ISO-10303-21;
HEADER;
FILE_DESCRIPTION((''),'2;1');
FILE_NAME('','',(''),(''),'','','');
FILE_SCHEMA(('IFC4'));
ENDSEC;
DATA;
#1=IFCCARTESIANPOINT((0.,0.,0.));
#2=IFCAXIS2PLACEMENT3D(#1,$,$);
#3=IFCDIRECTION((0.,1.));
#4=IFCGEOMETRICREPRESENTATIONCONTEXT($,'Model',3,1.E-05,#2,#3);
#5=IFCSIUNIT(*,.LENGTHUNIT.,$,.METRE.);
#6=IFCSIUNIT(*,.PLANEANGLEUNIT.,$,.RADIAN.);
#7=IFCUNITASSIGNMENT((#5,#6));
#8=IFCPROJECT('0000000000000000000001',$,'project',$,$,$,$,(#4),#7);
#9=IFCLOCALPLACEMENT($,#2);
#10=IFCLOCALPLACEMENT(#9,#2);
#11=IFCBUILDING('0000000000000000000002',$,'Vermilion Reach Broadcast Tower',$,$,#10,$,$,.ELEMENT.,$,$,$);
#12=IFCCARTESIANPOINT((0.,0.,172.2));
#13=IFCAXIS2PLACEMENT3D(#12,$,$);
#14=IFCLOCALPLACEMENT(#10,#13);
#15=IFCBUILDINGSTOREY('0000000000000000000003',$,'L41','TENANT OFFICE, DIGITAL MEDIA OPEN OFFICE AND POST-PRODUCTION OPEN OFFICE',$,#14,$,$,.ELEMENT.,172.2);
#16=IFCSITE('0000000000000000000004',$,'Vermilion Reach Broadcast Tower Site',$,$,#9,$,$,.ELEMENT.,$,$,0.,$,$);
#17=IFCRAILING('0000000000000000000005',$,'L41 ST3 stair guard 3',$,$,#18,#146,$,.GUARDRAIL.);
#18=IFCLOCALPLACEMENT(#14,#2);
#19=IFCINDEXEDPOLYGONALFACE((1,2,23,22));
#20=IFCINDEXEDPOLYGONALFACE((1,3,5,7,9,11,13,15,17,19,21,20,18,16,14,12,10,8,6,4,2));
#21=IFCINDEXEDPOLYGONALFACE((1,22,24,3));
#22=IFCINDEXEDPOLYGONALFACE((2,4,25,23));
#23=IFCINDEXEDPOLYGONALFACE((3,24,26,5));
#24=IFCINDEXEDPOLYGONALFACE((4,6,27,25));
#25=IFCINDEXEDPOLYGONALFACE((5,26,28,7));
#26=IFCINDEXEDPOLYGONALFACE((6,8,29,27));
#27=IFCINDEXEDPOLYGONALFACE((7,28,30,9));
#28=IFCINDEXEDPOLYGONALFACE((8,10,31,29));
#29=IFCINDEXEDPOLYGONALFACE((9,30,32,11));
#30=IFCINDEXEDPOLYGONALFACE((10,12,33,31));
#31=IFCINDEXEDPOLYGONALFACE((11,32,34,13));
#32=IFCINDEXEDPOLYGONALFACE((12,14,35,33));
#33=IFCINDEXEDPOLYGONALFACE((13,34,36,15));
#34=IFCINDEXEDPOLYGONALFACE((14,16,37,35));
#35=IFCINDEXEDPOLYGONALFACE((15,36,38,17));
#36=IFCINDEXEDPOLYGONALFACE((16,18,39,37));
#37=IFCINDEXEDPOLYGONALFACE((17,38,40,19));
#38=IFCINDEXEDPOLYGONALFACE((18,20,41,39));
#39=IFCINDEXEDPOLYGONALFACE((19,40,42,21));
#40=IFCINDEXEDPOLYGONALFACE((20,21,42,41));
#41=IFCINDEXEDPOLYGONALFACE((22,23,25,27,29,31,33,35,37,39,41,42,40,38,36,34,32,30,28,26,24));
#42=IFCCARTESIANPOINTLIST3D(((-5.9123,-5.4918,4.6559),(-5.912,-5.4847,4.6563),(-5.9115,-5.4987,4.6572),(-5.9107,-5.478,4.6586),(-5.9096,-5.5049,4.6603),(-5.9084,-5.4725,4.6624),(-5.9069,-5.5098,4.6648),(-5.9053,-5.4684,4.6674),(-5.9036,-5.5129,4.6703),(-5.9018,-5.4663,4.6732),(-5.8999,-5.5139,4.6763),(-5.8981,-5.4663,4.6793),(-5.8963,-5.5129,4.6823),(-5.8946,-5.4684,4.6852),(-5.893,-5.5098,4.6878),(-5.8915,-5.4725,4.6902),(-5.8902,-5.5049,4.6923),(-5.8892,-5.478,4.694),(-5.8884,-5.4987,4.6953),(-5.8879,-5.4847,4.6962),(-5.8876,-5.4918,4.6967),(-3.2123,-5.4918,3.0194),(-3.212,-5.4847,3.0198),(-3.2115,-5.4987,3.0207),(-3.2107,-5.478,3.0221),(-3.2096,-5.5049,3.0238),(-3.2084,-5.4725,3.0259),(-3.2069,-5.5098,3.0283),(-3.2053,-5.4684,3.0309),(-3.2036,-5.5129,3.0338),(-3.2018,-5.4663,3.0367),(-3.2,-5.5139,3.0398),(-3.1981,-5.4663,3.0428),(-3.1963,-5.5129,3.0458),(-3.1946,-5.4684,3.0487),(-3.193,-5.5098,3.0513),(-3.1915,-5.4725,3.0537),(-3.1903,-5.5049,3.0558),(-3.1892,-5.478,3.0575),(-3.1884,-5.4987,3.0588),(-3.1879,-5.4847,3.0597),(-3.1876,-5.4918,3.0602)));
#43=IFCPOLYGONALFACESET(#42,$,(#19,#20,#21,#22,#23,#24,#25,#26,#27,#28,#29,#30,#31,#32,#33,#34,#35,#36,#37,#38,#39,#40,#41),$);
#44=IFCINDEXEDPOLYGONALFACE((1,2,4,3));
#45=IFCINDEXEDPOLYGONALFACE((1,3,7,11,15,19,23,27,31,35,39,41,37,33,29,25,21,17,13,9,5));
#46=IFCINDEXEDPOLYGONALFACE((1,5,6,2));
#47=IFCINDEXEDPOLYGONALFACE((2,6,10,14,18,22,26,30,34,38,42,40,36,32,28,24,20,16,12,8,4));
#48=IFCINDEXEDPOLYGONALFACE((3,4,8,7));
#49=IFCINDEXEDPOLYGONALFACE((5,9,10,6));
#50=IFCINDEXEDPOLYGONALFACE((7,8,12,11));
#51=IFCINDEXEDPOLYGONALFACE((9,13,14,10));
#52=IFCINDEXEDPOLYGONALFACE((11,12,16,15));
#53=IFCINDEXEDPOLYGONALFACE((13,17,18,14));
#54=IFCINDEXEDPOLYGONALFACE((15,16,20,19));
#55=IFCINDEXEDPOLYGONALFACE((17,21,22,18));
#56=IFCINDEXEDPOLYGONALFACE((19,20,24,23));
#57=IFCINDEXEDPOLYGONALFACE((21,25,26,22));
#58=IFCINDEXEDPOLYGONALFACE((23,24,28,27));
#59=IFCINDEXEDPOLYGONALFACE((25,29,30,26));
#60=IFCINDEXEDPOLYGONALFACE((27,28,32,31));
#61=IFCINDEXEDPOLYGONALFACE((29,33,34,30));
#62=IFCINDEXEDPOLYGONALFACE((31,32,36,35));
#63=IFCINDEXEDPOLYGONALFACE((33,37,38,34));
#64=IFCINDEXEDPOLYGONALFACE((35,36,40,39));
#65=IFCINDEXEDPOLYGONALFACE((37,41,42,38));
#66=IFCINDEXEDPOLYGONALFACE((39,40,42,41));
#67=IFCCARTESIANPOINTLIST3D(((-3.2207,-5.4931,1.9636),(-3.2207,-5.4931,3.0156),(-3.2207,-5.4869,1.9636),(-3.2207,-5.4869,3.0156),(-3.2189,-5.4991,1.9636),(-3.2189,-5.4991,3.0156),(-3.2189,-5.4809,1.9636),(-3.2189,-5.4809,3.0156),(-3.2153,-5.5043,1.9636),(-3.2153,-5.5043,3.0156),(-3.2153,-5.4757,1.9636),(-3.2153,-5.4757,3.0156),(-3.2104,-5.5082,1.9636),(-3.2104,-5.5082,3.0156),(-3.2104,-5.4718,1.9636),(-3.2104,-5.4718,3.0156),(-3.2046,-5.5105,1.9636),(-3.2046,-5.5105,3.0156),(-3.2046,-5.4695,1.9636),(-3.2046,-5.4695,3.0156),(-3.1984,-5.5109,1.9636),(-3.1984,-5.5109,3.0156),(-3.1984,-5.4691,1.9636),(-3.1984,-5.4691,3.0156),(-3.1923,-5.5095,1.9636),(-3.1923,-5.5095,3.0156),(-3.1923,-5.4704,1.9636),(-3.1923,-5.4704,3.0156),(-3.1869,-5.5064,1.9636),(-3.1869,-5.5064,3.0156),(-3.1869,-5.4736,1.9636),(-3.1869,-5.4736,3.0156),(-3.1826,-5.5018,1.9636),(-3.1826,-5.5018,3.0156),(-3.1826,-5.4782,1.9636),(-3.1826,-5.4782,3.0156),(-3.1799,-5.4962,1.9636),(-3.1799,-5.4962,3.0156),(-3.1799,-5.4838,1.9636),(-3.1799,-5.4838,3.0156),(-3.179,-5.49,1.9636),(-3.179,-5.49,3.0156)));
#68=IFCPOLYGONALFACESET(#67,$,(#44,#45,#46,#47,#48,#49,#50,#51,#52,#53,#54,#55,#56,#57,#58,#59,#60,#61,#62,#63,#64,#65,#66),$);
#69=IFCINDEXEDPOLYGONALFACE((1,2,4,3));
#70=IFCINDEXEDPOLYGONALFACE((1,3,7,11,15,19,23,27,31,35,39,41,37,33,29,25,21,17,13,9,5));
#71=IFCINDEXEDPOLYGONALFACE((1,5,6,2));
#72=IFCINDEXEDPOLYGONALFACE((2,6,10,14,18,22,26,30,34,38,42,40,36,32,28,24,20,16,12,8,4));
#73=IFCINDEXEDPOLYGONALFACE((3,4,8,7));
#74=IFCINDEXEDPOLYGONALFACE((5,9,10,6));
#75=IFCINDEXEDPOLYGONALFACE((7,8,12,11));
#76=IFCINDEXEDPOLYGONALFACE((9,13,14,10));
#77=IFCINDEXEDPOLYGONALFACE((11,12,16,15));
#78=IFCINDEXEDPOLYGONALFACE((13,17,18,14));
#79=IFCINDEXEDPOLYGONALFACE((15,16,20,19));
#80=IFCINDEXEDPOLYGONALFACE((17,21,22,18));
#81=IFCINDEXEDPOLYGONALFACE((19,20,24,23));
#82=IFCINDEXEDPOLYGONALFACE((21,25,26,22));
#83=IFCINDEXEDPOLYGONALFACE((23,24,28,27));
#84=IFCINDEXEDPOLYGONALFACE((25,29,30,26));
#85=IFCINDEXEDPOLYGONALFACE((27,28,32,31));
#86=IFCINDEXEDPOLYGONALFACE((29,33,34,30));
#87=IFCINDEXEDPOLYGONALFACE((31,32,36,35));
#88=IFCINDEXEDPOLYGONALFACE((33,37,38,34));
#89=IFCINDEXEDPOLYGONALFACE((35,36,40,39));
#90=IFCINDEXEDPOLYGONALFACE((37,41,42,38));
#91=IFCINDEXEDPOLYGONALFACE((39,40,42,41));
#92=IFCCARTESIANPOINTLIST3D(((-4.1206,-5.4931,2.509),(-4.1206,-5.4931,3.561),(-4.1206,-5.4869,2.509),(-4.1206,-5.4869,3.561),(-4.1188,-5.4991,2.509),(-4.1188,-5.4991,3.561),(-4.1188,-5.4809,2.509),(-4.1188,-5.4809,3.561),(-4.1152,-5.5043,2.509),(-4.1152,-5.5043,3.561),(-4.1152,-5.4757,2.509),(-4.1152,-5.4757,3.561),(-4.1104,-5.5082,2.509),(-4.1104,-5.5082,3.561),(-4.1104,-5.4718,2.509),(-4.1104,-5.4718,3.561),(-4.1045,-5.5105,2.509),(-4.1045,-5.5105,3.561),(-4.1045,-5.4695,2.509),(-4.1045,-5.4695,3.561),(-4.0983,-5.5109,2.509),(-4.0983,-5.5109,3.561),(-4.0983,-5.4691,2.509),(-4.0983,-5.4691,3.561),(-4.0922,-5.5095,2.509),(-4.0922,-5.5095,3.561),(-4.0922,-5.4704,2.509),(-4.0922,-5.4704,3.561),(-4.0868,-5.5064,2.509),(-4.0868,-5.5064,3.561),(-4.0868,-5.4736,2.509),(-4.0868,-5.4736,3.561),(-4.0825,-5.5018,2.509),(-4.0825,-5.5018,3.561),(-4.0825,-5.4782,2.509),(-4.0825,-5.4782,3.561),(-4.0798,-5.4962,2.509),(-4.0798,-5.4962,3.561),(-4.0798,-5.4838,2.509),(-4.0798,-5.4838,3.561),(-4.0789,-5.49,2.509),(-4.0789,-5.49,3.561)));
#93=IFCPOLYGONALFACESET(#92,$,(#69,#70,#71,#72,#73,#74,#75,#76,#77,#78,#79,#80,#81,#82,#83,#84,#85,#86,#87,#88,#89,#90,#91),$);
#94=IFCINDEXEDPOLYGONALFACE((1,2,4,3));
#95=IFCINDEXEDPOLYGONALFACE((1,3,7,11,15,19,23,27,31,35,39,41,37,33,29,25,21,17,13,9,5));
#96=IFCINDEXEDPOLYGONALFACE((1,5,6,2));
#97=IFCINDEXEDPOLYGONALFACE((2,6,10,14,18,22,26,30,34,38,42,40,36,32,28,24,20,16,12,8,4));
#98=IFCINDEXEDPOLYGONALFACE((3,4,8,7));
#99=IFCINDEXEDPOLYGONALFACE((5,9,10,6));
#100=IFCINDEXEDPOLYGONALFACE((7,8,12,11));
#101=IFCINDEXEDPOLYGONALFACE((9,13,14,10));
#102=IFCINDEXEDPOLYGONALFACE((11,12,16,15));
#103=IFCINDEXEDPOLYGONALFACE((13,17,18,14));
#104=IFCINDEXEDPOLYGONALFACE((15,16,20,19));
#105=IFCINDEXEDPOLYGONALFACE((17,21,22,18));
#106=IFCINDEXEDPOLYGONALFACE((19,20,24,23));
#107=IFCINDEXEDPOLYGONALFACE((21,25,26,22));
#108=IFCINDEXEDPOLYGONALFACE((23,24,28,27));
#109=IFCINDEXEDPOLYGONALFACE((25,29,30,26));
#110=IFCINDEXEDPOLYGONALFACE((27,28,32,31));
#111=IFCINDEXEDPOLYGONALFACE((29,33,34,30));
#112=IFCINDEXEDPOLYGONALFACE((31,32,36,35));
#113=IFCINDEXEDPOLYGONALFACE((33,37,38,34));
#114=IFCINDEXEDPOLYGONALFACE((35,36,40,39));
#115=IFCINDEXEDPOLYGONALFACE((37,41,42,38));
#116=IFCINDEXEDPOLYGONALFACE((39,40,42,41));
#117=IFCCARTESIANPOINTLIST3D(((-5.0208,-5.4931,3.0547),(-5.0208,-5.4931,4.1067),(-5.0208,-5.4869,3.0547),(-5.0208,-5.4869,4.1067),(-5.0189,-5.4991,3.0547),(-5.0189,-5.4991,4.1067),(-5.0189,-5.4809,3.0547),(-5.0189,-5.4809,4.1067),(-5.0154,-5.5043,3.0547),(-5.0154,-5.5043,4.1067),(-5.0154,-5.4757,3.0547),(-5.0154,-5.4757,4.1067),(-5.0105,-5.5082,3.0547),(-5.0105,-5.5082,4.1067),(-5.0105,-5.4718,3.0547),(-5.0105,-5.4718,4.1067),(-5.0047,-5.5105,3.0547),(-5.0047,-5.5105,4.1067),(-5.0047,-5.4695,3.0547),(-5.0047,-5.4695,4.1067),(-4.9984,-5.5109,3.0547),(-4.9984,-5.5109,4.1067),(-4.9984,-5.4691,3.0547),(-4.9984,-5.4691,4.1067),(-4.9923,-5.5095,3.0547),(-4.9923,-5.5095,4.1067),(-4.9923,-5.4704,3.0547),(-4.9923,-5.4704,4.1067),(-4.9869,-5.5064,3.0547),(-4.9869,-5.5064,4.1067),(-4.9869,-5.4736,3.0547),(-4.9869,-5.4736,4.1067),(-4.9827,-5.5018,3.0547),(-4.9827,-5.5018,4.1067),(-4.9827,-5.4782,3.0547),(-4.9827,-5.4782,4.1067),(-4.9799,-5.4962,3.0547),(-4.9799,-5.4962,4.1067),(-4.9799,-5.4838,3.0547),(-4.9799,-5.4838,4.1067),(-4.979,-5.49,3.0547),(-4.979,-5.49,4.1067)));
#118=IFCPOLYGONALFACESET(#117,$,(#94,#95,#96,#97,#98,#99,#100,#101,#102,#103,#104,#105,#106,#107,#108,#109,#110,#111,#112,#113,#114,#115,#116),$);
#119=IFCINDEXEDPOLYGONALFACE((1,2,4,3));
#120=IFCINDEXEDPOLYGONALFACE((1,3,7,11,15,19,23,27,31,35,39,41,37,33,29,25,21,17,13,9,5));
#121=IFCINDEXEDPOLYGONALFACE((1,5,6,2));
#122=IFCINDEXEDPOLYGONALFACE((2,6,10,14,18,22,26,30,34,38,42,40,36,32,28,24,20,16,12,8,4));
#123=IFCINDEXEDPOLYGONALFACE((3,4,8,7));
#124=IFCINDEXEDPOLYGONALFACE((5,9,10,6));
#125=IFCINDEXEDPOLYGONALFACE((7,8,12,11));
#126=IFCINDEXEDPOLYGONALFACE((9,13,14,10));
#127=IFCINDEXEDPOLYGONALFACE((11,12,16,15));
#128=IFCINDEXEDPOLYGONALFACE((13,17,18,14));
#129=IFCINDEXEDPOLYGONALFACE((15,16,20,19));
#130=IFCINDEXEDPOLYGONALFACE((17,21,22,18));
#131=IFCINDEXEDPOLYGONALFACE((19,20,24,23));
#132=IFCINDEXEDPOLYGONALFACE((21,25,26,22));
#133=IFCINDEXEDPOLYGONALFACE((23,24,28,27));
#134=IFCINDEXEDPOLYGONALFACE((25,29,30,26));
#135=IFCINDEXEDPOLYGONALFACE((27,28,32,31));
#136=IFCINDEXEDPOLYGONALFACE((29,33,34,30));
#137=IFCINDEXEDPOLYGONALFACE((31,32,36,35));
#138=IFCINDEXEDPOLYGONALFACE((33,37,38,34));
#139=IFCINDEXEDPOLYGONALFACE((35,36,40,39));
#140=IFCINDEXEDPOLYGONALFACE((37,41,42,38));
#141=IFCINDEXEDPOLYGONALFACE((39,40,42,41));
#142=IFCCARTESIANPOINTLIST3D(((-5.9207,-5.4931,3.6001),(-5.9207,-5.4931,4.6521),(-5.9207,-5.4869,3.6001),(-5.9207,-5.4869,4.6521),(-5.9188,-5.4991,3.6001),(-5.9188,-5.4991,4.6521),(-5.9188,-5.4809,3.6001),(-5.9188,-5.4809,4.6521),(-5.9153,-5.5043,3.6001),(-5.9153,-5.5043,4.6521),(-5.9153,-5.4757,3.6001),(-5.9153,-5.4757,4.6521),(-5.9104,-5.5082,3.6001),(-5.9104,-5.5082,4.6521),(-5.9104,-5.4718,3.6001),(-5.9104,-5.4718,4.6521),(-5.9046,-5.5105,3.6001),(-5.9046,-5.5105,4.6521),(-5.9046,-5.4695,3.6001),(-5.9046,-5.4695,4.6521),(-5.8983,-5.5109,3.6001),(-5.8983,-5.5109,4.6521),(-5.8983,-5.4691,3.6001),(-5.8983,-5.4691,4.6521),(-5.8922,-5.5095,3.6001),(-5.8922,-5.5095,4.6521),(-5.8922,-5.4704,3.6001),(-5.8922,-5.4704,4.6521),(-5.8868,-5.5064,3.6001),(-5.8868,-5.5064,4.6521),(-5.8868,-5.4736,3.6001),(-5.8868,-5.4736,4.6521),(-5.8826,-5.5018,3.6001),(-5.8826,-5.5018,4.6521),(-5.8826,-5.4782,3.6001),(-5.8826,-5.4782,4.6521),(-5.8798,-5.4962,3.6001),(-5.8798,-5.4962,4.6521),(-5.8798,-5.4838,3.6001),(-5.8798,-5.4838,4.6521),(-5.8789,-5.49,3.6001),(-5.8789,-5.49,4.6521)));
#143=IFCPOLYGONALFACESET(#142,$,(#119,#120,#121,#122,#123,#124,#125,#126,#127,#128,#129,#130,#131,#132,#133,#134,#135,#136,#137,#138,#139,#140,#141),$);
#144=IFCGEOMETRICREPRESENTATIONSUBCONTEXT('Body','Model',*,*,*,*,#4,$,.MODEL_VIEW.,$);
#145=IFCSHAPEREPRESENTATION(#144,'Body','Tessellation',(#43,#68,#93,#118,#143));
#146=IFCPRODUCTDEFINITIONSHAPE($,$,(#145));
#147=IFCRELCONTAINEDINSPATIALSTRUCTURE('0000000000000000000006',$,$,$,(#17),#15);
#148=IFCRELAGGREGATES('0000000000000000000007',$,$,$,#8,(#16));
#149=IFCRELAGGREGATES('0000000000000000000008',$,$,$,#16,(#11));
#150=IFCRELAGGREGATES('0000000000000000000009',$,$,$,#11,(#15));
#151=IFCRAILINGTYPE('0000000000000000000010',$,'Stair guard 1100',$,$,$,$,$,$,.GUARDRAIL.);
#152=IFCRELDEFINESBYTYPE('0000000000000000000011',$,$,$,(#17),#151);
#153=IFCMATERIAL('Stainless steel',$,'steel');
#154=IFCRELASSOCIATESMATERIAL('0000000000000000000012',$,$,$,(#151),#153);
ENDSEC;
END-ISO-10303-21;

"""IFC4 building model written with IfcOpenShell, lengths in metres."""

from ifc_helpers import new_model, si_unit, direction, frame, origin, origin_2d, place, context, subcontext, project, spatial, circle, extrude, material, type_object, element, save


model = new_model("IFC4")

# Units and contexts
model_context = context("Model", 3, precision=1e-05, world=origin(), true_north=direction((0.0, 1.0)))
body_context = subcontext(model_context, "Body", "Model", "MODEL_VIEW")
ifc_project = project(units=[si_unit("LENGTHUNIT", "METRE"), si_unit("PLANEANGLEUNIT", "RADIAN")], contexts=[model_context])

# Site, building, storey
site_placement = place(None, origin())
site = spatial("IfcSite", under=ifc_project, at=site_placement, Name="Vermilion Reach Broadcast Tower Site", CompositionType="ELEMENT", RefElevation=0.0)
building_placement = place(site_placement, origin())
building = spatial("IfcBuilding", under=site, at=building_placement, Name="Vermilion Reach Broadcast Tower", CompositionType="ELEMENT")
storey_placement = place(building_placement, frame((0.0, 0.0, 172.2)))
storey = spatial("IfcBuildingStorey", under=building, at=storey_placement, Name="L41", Description="TENANT OFFICE, DIGITAL MEDIA OPEN OFFICE AND POST-PRODUCTION OPEN OFFICE", CompositionType="ELEMENT", Elevation=172.2)

# Railing
ifc_material_1 = material(Name="Stainless steel", Category="steel")
railing_type_1 = type_object("IfcRailingType", Name="Stair guard 1100", PredefinedType="GUARDRAIL", material=ifc_material_1)
railing_1_placement = place(storey_placement, frame((-3.2, -5.49, 1.9636)))
element("IfcRailing", 1, at=railing_1_placement, inside=storey, type_object=railing_type_1, Name="L41 ST3 stair guard 3", PredefinedType="GUARDRAIL", context=body_context, shape_type="SweptSolid", body=[
    extrude(circle(Radius=0.0239, at=origin_2d()), frame((0.0, 0.0, 1.0762), z_axis=(-0.855178, 0.0, 0.518334), x_axis=(0.0, -1.0, 0.0)), (0.0, 0.0, 1.0), 3.1572),
    extrude(circle(Radius=0.021, at=origin_2d()), origin(), (0.0, 0.0, 1.0), 1.052),
    extrude(circle(Radius=0.021, at=origin_2d()), frame((-0.8999, 0.0, 0.5454)), (0.0, 0.0, 1.0), 1.052),
    extrude(circle(Radius=0.021, at=origin_2d()), frame((-1.8, 0.0, 1.0911)), (0.0, 0.0, 1.0), 1.052),
    extrude(circle(Radius=0.021, at=origin_2d()), frame((-2.7, 0.0, 1.6365)), (0.0, 0.0, 1.0), 1.052),
])

save(model, "model.ifc")
